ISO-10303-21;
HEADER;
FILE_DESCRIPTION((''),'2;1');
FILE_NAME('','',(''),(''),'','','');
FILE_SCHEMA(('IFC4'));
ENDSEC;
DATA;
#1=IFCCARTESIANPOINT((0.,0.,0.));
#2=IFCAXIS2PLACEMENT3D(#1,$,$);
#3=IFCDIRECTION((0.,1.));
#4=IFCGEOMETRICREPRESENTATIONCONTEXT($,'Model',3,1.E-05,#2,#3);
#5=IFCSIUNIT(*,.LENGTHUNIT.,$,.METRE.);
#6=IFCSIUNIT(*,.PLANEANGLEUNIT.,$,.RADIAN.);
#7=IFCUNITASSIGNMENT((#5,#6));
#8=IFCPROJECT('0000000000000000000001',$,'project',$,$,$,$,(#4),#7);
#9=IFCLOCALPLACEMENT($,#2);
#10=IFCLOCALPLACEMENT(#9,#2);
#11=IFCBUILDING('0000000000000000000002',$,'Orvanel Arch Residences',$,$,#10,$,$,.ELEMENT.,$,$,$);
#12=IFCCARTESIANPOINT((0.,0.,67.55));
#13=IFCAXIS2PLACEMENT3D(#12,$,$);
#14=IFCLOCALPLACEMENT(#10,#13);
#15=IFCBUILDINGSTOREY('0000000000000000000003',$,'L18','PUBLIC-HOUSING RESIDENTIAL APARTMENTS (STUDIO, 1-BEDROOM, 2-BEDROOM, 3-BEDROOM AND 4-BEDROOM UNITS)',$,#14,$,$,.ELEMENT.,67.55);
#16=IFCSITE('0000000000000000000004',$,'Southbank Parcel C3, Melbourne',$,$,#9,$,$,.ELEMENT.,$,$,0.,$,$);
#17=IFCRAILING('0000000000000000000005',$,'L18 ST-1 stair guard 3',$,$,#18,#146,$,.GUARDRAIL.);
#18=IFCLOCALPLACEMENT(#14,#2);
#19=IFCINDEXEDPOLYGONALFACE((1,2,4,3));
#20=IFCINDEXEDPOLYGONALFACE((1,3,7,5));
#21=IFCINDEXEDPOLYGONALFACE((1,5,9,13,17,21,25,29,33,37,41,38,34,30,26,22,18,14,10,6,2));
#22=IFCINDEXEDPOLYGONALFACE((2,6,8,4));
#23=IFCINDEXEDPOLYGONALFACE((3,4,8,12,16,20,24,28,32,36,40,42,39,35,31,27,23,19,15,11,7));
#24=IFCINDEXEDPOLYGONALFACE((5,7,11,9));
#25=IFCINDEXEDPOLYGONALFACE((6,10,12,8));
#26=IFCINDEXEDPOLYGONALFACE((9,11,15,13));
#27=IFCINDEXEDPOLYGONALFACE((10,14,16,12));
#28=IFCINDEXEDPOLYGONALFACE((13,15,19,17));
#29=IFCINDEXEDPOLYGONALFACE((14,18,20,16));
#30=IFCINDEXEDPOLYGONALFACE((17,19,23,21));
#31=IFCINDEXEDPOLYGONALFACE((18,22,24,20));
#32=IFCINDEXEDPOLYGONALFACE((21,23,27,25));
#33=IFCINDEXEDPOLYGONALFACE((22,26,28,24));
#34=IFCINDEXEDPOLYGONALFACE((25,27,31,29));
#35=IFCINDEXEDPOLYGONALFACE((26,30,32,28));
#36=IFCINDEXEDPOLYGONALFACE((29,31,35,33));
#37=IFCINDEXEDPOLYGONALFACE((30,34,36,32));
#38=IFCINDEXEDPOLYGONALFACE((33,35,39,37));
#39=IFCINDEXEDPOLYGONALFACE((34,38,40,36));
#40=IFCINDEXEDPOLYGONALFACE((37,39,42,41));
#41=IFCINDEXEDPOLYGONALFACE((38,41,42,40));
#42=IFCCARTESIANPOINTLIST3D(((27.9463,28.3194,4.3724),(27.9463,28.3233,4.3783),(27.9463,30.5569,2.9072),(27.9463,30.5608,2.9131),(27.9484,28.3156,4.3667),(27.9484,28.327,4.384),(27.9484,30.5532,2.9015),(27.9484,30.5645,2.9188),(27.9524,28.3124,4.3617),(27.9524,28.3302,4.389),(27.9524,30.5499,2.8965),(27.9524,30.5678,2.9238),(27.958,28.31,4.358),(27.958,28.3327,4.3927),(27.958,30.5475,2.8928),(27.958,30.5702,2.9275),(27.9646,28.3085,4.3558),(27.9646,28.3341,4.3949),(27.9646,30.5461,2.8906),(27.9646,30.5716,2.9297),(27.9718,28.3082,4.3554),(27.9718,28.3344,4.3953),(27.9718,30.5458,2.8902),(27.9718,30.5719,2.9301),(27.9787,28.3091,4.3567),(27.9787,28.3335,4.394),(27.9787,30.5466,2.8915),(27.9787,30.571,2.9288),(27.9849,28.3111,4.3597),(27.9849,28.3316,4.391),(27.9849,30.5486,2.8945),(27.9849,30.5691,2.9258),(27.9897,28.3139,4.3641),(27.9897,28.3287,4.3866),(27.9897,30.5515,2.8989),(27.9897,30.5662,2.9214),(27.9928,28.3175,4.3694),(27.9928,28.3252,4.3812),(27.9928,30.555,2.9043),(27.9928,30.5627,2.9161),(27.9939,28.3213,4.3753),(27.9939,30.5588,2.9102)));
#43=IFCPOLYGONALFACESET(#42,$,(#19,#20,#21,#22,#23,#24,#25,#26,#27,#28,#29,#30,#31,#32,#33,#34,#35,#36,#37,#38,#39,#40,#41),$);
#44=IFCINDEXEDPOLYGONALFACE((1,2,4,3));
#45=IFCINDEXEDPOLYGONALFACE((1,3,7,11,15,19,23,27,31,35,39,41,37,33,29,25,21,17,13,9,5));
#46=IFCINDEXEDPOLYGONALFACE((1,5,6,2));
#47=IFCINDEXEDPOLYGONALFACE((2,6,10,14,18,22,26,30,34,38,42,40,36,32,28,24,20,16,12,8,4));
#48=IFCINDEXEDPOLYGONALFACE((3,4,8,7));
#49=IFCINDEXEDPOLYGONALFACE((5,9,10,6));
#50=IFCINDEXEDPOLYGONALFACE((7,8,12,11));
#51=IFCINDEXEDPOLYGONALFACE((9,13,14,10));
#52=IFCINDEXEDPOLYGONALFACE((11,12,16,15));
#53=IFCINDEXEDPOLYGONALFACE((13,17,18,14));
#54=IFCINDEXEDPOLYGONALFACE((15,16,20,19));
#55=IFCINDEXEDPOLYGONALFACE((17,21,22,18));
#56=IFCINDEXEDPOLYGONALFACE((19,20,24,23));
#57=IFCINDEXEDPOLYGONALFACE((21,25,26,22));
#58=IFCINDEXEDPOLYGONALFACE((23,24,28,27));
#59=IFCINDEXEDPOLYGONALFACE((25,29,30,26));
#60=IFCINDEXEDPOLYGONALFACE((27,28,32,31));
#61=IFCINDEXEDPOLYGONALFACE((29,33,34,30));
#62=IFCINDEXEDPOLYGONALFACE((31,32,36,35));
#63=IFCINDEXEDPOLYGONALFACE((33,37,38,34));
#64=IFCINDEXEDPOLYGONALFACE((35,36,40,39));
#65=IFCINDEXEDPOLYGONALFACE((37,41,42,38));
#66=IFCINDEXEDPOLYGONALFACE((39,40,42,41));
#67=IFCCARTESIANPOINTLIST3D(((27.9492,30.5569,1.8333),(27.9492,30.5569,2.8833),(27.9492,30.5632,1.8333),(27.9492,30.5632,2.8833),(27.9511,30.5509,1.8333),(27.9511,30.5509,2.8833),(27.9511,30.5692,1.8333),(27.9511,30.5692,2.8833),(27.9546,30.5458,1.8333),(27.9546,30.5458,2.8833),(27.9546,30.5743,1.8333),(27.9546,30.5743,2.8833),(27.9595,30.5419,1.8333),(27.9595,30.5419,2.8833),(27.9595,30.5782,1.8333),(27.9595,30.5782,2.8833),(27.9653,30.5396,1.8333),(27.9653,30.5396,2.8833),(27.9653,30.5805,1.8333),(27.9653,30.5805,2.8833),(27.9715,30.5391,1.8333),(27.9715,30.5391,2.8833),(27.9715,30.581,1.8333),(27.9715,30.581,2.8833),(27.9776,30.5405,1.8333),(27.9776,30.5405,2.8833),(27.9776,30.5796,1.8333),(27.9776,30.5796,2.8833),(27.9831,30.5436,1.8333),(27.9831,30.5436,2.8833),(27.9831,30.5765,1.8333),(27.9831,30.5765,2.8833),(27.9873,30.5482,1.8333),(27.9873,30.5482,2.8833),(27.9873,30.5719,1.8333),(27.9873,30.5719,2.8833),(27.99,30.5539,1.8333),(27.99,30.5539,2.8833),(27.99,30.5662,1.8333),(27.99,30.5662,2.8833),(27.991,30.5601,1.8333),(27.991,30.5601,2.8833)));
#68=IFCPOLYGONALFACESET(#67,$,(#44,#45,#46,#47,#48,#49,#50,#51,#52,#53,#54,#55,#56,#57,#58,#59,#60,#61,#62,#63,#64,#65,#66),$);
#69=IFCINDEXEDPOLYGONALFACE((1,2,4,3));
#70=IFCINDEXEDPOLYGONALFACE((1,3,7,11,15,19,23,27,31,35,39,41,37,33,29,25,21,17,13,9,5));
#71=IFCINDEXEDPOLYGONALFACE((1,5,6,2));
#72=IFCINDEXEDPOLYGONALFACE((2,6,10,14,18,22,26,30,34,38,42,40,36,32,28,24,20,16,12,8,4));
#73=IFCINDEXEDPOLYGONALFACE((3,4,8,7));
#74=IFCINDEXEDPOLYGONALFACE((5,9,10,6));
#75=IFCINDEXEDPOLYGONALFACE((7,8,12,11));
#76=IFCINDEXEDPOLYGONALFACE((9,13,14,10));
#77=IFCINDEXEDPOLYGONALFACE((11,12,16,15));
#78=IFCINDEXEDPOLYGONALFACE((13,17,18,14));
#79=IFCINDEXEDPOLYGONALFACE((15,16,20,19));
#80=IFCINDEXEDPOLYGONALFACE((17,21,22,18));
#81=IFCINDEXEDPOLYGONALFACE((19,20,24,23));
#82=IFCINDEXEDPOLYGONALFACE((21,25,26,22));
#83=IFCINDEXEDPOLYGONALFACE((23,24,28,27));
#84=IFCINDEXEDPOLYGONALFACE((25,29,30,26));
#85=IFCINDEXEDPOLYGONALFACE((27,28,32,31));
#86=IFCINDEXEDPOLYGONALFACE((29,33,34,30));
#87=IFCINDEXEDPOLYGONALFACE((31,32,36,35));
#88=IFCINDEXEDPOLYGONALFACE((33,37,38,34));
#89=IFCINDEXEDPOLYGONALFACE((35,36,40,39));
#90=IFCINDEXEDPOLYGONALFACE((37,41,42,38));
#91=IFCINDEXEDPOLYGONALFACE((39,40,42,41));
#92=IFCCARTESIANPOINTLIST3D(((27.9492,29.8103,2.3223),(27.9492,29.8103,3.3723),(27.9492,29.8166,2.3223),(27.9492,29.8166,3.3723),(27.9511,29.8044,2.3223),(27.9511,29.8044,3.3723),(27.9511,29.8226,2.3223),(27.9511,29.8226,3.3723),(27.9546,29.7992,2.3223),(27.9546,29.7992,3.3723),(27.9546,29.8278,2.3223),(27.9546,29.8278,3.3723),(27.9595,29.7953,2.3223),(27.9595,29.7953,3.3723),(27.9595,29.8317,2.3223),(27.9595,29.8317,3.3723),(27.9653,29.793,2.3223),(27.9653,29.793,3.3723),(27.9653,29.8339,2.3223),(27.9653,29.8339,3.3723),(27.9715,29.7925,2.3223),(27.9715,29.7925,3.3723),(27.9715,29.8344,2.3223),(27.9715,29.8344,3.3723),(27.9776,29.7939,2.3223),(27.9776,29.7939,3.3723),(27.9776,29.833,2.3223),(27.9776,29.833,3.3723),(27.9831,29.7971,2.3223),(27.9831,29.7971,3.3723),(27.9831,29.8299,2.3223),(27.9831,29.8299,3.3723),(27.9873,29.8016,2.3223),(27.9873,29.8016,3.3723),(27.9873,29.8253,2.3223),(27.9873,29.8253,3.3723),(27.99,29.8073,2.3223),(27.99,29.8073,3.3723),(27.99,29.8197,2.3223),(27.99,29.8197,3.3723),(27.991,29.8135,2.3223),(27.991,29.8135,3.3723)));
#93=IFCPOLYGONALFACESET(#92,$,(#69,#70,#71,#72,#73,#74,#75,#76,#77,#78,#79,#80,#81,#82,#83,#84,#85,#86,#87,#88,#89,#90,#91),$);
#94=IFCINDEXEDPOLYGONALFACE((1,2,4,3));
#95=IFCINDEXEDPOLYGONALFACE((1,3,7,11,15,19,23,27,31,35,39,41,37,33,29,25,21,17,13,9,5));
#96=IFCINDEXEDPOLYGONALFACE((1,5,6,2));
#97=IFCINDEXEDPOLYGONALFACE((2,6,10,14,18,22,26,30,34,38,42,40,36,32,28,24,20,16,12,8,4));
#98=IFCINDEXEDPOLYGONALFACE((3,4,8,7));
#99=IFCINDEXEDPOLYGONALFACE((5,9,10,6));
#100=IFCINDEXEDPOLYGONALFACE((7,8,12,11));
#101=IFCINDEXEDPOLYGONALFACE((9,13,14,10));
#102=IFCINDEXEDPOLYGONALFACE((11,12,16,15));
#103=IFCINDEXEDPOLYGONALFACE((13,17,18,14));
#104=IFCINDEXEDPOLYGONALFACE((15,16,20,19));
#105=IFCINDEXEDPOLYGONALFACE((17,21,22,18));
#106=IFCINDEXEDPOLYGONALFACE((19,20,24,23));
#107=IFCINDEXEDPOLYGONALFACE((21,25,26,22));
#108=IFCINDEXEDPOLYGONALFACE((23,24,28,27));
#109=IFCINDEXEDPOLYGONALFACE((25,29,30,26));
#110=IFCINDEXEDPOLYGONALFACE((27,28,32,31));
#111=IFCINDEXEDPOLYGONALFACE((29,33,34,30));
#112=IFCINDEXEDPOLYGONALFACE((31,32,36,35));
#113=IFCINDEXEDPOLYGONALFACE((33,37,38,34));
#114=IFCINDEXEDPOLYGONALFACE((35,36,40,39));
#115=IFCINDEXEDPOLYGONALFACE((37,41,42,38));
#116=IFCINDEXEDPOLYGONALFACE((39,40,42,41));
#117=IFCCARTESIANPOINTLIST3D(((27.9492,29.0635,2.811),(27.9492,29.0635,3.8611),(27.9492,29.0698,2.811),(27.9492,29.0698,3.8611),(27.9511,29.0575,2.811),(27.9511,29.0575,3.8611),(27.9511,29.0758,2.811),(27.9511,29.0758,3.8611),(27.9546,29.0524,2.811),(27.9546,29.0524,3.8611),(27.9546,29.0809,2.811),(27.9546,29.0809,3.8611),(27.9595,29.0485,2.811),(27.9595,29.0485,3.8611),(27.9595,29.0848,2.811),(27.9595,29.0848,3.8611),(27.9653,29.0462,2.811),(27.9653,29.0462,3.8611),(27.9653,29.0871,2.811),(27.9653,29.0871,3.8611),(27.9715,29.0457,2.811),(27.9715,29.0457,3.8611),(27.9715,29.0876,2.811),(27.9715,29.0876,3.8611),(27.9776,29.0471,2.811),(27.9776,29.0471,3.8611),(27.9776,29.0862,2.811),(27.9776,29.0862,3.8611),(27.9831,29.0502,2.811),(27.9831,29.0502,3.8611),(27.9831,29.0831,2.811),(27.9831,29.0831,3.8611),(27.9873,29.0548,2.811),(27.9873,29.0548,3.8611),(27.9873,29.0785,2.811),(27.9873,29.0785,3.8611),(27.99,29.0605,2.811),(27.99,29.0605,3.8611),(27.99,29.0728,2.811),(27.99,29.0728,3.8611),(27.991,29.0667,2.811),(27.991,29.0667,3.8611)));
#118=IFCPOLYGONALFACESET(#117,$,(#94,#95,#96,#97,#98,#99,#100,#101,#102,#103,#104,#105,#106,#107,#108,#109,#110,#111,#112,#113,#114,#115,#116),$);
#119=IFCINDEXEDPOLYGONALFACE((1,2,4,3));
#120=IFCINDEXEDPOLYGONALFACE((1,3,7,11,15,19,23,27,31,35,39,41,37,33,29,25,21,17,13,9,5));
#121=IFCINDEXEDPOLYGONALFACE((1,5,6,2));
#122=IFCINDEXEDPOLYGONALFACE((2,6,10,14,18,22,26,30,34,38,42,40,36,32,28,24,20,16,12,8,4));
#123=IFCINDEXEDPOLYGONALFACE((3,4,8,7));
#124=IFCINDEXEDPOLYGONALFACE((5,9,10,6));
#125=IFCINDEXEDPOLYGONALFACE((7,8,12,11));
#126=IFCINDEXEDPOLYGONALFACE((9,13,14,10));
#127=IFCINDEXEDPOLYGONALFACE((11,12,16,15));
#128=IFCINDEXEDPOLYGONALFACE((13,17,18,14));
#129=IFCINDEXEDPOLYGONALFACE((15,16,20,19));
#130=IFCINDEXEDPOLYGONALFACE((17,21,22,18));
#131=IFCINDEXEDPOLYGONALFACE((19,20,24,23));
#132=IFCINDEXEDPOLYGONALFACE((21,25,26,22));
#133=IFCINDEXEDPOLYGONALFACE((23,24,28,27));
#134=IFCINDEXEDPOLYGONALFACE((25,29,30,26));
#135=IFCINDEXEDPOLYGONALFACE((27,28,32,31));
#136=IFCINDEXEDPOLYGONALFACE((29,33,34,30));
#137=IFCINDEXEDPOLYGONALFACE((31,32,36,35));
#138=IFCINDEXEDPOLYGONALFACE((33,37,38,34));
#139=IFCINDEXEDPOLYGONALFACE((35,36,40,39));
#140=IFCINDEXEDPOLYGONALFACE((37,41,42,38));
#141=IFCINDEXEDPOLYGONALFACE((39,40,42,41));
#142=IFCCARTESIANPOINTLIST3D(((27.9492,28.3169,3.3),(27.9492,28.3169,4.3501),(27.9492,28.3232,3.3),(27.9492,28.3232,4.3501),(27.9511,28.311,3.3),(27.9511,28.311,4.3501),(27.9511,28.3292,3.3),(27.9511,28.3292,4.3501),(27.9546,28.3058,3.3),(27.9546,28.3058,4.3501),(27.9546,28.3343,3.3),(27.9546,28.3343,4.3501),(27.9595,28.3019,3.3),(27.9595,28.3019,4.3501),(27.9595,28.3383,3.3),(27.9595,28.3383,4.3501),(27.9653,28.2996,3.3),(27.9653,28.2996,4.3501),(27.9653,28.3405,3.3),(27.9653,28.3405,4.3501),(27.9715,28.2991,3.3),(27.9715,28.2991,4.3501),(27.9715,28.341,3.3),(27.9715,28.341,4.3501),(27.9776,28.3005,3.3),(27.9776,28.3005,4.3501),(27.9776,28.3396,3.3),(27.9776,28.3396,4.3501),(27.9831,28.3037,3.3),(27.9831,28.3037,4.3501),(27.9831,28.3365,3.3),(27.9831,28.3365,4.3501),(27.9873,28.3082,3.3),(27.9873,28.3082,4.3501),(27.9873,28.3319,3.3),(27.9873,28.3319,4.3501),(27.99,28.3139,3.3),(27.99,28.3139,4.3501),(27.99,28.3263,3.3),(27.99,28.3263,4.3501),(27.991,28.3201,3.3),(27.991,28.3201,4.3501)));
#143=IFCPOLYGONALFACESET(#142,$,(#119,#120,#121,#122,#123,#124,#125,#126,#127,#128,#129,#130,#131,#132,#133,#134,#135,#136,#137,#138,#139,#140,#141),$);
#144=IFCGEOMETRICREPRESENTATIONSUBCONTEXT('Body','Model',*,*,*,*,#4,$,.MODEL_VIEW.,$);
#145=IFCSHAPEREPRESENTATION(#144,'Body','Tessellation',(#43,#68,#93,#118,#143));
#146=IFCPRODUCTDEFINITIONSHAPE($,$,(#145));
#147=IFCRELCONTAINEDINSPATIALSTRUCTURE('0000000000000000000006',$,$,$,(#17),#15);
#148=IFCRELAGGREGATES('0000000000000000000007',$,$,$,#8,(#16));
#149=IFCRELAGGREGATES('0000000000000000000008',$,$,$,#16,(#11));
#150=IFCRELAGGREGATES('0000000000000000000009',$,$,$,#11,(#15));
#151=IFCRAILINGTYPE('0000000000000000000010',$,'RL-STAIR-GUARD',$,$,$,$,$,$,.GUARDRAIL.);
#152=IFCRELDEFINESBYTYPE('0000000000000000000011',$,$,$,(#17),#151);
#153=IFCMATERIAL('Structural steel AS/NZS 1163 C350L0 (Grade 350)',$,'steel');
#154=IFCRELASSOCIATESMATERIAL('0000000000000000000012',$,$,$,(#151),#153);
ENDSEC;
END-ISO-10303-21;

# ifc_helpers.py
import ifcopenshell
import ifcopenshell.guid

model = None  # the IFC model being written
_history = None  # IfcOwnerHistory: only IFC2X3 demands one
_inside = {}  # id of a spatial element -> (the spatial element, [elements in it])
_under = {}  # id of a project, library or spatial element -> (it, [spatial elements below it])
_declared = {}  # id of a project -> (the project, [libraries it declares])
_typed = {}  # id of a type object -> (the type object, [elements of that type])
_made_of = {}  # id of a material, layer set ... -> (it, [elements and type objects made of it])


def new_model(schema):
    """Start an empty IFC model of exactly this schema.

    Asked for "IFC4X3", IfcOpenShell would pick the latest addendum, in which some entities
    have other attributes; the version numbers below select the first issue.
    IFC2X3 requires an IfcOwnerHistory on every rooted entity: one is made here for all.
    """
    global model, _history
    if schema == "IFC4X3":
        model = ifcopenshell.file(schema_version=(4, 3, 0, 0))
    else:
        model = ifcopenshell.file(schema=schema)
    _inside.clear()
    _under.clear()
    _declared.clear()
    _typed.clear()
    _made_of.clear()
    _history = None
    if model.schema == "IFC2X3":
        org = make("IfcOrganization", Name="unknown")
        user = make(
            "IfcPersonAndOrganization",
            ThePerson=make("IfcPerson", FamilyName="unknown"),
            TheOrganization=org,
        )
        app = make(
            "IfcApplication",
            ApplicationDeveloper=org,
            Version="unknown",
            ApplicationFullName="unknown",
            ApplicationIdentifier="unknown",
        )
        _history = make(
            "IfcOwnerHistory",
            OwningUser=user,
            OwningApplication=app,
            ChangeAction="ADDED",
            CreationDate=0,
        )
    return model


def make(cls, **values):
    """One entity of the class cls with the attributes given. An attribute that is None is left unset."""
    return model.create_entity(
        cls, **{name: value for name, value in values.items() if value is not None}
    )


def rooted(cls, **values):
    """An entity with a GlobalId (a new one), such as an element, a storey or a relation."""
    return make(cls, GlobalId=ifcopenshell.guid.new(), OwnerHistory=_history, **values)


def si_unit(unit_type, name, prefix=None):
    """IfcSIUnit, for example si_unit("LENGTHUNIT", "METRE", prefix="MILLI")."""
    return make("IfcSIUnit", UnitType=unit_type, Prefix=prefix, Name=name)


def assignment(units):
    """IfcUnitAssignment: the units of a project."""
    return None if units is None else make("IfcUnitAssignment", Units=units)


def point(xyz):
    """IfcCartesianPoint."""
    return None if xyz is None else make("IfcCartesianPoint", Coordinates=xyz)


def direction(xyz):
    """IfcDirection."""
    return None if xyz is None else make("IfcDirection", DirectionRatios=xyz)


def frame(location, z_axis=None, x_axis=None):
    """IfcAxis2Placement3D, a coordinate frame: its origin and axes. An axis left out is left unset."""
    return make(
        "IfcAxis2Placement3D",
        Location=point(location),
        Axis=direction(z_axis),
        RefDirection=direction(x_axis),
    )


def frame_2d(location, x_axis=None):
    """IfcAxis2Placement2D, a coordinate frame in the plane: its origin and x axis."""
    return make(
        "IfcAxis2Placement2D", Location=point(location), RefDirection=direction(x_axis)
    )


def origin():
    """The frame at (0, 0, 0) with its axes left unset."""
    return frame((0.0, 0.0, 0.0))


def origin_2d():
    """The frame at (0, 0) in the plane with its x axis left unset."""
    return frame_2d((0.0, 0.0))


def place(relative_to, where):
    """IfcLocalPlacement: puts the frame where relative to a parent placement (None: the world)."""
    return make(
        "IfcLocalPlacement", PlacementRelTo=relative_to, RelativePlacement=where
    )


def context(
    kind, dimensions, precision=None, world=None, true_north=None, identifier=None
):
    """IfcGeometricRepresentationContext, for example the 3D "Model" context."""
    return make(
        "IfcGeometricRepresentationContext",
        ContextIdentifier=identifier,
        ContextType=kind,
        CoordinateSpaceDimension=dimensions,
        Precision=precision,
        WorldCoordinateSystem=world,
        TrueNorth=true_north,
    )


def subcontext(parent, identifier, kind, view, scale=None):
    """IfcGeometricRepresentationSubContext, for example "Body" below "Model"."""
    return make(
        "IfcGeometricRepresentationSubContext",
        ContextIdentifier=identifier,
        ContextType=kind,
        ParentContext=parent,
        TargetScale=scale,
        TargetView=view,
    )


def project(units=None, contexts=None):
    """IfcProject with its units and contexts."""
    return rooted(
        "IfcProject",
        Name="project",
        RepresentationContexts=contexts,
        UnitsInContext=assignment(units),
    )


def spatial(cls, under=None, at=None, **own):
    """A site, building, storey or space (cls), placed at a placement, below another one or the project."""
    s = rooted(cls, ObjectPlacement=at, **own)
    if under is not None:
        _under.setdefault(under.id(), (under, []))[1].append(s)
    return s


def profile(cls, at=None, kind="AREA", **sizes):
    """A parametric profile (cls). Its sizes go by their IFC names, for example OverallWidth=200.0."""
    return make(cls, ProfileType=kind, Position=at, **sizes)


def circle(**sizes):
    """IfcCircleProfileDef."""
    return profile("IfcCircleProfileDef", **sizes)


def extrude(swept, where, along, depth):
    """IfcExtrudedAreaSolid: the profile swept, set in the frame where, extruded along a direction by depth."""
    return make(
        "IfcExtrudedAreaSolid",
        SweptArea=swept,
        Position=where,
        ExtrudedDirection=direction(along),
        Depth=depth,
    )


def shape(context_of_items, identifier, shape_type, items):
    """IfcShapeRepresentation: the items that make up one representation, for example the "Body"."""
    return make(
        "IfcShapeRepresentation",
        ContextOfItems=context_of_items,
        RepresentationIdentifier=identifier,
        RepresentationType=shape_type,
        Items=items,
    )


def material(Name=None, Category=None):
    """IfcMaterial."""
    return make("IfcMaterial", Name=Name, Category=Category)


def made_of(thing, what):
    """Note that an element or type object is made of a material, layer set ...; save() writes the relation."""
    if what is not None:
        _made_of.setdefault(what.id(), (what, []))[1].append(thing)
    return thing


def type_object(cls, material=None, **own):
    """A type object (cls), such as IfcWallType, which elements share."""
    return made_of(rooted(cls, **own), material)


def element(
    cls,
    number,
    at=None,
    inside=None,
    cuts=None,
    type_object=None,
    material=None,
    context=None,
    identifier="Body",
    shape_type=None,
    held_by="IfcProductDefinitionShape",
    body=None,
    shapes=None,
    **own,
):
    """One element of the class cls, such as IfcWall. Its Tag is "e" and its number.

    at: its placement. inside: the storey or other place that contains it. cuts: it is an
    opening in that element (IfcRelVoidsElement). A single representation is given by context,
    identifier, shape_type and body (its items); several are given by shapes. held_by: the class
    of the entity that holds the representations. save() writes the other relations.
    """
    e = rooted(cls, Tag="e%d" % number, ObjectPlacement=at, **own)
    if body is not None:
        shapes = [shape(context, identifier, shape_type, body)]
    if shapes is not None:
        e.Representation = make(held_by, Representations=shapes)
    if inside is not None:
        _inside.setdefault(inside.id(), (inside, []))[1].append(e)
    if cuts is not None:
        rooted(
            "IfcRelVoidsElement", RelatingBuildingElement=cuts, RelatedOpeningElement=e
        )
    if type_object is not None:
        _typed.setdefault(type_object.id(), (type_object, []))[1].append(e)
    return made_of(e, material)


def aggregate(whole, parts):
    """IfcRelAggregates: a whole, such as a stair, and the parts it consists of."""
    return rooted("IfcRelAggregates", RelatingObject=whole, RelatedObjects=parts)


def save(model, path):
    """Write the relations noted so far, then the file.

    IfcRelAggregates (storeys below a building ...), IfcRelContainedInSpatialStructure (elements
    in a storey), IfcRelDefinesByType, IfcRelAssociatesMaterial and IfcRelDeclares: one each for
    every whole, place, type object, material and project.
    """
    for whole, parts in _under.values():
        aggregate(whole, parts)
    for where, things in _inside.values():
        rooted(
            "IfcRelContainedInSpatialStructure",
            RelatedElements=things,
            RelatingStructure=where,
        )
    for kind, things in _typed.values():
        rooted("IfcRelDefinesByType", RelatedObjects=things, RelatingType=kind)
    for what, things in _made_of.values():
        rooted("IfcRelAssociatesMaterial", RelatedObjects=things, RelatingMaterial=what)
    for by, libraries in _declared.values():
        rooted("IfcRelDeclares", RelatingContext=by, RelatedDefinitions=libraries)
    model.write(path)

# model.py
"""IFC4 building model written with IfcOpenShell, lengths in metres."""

from ifc_helpers import new_model, si_unit, direction, frame, origin, origin_2d, place, context, subcontext, project, spatial, circle, extrude, material, type_object, element, save


model = new_model("IFC4")

# Units and contexts
model_context = context("Model", 3, precision=1e-05, world=origin(), true_north=direction((0.0, 1.0)))
body_context = subcontext(model_context, "Body", "Model", "MODEL_VIEW")
ifc_project = project(units=[si_unit("LENGTHUNIT", "METRE"), si_unit("PLANEANGLEUNIT", "RADIAN")], contexts=[model_context])

# Site, building, storey
site_placement = place(None, origin())
site = spatial("IfcSite", under=ifc_project, at=site_placement, Name="Southbank Parcel C3, Melbourne", CompositionType="ELEMENT", RefElevation=0.0)
building_placement = place(site_placement, origin())
building = spatial("IfcBuilding", under=site, at=building_placement, Name="Orvanel Arch Residences", CompositionType="ELEMENT")
storey_placement = place(building_placement, frame((0.0, 0.0, 67.55)))
storey = spatial("IfcBuildingStorey", under=building, at=storey_placement, Name="L18", Description="PUBLIC-HOUSING RESIDENTIAL APARTMENTS (STUDIO, 1-BEDROOM, 2-BEDROOM, 3-BEDROOM AND 4-BEDROOM UNITS)", CompositionType="ELEMENT", Elevation=67.55)

# Railing
ifc_material_1 = material(Name="Structural steel AS/NZS 1163 C350L0 (Grade 350)", Category="steel")
railing_type_1 = type_object("IfcRailingType", Name="RL-STAIR-GUARD", PredefinedType="GUARDRAIL", material=ifc_material_1)
railing_1_placement = place(storey_placement, frame((27.97, 30.5601, 1.8333)))
element("IfcRailing", 1, at=railing_1_placement, inside=storey, type_object=railing_type_1, Name="L18 ST-1 stair guard 3", PredefinedType="GUARDRAIL", context=body_context, shape_type="SweptSolid", body=[
    extrude(circle(Radius=0.0239, at=origin_2d()), frame((0.0, -0.0012, 1.0769), z_axis=(0.0, -0.836595, 0.547822), x_axis=(1.0, 0.0, 0.0)), (0.0, 0.0, 1.0), 2.6746),
    extrude(circle(Radius=0.021, at=origin_2d()), origin(), (0.0, 0.0, 1.0), 1.05),
    extrude(circle(Radius=0.021, at=origin_2d()), frame((0.0, -0.7466, 0.489)), (0.0, 0.0, 1.0), 1.05),
    extrude(circle(Radius=0.021, at=origin_2d()), frame((0.0, -1.4934, 0.9778)), (0.0, 0.0, 1.0), 1.05),
    extrude(circle(Radius=0.021, at=origin_2d()), frame((0.0, -2.24, 1.4668)), (0.0, 0.0, 1.0), 1.05),
])

save(model, "model.ifc")
